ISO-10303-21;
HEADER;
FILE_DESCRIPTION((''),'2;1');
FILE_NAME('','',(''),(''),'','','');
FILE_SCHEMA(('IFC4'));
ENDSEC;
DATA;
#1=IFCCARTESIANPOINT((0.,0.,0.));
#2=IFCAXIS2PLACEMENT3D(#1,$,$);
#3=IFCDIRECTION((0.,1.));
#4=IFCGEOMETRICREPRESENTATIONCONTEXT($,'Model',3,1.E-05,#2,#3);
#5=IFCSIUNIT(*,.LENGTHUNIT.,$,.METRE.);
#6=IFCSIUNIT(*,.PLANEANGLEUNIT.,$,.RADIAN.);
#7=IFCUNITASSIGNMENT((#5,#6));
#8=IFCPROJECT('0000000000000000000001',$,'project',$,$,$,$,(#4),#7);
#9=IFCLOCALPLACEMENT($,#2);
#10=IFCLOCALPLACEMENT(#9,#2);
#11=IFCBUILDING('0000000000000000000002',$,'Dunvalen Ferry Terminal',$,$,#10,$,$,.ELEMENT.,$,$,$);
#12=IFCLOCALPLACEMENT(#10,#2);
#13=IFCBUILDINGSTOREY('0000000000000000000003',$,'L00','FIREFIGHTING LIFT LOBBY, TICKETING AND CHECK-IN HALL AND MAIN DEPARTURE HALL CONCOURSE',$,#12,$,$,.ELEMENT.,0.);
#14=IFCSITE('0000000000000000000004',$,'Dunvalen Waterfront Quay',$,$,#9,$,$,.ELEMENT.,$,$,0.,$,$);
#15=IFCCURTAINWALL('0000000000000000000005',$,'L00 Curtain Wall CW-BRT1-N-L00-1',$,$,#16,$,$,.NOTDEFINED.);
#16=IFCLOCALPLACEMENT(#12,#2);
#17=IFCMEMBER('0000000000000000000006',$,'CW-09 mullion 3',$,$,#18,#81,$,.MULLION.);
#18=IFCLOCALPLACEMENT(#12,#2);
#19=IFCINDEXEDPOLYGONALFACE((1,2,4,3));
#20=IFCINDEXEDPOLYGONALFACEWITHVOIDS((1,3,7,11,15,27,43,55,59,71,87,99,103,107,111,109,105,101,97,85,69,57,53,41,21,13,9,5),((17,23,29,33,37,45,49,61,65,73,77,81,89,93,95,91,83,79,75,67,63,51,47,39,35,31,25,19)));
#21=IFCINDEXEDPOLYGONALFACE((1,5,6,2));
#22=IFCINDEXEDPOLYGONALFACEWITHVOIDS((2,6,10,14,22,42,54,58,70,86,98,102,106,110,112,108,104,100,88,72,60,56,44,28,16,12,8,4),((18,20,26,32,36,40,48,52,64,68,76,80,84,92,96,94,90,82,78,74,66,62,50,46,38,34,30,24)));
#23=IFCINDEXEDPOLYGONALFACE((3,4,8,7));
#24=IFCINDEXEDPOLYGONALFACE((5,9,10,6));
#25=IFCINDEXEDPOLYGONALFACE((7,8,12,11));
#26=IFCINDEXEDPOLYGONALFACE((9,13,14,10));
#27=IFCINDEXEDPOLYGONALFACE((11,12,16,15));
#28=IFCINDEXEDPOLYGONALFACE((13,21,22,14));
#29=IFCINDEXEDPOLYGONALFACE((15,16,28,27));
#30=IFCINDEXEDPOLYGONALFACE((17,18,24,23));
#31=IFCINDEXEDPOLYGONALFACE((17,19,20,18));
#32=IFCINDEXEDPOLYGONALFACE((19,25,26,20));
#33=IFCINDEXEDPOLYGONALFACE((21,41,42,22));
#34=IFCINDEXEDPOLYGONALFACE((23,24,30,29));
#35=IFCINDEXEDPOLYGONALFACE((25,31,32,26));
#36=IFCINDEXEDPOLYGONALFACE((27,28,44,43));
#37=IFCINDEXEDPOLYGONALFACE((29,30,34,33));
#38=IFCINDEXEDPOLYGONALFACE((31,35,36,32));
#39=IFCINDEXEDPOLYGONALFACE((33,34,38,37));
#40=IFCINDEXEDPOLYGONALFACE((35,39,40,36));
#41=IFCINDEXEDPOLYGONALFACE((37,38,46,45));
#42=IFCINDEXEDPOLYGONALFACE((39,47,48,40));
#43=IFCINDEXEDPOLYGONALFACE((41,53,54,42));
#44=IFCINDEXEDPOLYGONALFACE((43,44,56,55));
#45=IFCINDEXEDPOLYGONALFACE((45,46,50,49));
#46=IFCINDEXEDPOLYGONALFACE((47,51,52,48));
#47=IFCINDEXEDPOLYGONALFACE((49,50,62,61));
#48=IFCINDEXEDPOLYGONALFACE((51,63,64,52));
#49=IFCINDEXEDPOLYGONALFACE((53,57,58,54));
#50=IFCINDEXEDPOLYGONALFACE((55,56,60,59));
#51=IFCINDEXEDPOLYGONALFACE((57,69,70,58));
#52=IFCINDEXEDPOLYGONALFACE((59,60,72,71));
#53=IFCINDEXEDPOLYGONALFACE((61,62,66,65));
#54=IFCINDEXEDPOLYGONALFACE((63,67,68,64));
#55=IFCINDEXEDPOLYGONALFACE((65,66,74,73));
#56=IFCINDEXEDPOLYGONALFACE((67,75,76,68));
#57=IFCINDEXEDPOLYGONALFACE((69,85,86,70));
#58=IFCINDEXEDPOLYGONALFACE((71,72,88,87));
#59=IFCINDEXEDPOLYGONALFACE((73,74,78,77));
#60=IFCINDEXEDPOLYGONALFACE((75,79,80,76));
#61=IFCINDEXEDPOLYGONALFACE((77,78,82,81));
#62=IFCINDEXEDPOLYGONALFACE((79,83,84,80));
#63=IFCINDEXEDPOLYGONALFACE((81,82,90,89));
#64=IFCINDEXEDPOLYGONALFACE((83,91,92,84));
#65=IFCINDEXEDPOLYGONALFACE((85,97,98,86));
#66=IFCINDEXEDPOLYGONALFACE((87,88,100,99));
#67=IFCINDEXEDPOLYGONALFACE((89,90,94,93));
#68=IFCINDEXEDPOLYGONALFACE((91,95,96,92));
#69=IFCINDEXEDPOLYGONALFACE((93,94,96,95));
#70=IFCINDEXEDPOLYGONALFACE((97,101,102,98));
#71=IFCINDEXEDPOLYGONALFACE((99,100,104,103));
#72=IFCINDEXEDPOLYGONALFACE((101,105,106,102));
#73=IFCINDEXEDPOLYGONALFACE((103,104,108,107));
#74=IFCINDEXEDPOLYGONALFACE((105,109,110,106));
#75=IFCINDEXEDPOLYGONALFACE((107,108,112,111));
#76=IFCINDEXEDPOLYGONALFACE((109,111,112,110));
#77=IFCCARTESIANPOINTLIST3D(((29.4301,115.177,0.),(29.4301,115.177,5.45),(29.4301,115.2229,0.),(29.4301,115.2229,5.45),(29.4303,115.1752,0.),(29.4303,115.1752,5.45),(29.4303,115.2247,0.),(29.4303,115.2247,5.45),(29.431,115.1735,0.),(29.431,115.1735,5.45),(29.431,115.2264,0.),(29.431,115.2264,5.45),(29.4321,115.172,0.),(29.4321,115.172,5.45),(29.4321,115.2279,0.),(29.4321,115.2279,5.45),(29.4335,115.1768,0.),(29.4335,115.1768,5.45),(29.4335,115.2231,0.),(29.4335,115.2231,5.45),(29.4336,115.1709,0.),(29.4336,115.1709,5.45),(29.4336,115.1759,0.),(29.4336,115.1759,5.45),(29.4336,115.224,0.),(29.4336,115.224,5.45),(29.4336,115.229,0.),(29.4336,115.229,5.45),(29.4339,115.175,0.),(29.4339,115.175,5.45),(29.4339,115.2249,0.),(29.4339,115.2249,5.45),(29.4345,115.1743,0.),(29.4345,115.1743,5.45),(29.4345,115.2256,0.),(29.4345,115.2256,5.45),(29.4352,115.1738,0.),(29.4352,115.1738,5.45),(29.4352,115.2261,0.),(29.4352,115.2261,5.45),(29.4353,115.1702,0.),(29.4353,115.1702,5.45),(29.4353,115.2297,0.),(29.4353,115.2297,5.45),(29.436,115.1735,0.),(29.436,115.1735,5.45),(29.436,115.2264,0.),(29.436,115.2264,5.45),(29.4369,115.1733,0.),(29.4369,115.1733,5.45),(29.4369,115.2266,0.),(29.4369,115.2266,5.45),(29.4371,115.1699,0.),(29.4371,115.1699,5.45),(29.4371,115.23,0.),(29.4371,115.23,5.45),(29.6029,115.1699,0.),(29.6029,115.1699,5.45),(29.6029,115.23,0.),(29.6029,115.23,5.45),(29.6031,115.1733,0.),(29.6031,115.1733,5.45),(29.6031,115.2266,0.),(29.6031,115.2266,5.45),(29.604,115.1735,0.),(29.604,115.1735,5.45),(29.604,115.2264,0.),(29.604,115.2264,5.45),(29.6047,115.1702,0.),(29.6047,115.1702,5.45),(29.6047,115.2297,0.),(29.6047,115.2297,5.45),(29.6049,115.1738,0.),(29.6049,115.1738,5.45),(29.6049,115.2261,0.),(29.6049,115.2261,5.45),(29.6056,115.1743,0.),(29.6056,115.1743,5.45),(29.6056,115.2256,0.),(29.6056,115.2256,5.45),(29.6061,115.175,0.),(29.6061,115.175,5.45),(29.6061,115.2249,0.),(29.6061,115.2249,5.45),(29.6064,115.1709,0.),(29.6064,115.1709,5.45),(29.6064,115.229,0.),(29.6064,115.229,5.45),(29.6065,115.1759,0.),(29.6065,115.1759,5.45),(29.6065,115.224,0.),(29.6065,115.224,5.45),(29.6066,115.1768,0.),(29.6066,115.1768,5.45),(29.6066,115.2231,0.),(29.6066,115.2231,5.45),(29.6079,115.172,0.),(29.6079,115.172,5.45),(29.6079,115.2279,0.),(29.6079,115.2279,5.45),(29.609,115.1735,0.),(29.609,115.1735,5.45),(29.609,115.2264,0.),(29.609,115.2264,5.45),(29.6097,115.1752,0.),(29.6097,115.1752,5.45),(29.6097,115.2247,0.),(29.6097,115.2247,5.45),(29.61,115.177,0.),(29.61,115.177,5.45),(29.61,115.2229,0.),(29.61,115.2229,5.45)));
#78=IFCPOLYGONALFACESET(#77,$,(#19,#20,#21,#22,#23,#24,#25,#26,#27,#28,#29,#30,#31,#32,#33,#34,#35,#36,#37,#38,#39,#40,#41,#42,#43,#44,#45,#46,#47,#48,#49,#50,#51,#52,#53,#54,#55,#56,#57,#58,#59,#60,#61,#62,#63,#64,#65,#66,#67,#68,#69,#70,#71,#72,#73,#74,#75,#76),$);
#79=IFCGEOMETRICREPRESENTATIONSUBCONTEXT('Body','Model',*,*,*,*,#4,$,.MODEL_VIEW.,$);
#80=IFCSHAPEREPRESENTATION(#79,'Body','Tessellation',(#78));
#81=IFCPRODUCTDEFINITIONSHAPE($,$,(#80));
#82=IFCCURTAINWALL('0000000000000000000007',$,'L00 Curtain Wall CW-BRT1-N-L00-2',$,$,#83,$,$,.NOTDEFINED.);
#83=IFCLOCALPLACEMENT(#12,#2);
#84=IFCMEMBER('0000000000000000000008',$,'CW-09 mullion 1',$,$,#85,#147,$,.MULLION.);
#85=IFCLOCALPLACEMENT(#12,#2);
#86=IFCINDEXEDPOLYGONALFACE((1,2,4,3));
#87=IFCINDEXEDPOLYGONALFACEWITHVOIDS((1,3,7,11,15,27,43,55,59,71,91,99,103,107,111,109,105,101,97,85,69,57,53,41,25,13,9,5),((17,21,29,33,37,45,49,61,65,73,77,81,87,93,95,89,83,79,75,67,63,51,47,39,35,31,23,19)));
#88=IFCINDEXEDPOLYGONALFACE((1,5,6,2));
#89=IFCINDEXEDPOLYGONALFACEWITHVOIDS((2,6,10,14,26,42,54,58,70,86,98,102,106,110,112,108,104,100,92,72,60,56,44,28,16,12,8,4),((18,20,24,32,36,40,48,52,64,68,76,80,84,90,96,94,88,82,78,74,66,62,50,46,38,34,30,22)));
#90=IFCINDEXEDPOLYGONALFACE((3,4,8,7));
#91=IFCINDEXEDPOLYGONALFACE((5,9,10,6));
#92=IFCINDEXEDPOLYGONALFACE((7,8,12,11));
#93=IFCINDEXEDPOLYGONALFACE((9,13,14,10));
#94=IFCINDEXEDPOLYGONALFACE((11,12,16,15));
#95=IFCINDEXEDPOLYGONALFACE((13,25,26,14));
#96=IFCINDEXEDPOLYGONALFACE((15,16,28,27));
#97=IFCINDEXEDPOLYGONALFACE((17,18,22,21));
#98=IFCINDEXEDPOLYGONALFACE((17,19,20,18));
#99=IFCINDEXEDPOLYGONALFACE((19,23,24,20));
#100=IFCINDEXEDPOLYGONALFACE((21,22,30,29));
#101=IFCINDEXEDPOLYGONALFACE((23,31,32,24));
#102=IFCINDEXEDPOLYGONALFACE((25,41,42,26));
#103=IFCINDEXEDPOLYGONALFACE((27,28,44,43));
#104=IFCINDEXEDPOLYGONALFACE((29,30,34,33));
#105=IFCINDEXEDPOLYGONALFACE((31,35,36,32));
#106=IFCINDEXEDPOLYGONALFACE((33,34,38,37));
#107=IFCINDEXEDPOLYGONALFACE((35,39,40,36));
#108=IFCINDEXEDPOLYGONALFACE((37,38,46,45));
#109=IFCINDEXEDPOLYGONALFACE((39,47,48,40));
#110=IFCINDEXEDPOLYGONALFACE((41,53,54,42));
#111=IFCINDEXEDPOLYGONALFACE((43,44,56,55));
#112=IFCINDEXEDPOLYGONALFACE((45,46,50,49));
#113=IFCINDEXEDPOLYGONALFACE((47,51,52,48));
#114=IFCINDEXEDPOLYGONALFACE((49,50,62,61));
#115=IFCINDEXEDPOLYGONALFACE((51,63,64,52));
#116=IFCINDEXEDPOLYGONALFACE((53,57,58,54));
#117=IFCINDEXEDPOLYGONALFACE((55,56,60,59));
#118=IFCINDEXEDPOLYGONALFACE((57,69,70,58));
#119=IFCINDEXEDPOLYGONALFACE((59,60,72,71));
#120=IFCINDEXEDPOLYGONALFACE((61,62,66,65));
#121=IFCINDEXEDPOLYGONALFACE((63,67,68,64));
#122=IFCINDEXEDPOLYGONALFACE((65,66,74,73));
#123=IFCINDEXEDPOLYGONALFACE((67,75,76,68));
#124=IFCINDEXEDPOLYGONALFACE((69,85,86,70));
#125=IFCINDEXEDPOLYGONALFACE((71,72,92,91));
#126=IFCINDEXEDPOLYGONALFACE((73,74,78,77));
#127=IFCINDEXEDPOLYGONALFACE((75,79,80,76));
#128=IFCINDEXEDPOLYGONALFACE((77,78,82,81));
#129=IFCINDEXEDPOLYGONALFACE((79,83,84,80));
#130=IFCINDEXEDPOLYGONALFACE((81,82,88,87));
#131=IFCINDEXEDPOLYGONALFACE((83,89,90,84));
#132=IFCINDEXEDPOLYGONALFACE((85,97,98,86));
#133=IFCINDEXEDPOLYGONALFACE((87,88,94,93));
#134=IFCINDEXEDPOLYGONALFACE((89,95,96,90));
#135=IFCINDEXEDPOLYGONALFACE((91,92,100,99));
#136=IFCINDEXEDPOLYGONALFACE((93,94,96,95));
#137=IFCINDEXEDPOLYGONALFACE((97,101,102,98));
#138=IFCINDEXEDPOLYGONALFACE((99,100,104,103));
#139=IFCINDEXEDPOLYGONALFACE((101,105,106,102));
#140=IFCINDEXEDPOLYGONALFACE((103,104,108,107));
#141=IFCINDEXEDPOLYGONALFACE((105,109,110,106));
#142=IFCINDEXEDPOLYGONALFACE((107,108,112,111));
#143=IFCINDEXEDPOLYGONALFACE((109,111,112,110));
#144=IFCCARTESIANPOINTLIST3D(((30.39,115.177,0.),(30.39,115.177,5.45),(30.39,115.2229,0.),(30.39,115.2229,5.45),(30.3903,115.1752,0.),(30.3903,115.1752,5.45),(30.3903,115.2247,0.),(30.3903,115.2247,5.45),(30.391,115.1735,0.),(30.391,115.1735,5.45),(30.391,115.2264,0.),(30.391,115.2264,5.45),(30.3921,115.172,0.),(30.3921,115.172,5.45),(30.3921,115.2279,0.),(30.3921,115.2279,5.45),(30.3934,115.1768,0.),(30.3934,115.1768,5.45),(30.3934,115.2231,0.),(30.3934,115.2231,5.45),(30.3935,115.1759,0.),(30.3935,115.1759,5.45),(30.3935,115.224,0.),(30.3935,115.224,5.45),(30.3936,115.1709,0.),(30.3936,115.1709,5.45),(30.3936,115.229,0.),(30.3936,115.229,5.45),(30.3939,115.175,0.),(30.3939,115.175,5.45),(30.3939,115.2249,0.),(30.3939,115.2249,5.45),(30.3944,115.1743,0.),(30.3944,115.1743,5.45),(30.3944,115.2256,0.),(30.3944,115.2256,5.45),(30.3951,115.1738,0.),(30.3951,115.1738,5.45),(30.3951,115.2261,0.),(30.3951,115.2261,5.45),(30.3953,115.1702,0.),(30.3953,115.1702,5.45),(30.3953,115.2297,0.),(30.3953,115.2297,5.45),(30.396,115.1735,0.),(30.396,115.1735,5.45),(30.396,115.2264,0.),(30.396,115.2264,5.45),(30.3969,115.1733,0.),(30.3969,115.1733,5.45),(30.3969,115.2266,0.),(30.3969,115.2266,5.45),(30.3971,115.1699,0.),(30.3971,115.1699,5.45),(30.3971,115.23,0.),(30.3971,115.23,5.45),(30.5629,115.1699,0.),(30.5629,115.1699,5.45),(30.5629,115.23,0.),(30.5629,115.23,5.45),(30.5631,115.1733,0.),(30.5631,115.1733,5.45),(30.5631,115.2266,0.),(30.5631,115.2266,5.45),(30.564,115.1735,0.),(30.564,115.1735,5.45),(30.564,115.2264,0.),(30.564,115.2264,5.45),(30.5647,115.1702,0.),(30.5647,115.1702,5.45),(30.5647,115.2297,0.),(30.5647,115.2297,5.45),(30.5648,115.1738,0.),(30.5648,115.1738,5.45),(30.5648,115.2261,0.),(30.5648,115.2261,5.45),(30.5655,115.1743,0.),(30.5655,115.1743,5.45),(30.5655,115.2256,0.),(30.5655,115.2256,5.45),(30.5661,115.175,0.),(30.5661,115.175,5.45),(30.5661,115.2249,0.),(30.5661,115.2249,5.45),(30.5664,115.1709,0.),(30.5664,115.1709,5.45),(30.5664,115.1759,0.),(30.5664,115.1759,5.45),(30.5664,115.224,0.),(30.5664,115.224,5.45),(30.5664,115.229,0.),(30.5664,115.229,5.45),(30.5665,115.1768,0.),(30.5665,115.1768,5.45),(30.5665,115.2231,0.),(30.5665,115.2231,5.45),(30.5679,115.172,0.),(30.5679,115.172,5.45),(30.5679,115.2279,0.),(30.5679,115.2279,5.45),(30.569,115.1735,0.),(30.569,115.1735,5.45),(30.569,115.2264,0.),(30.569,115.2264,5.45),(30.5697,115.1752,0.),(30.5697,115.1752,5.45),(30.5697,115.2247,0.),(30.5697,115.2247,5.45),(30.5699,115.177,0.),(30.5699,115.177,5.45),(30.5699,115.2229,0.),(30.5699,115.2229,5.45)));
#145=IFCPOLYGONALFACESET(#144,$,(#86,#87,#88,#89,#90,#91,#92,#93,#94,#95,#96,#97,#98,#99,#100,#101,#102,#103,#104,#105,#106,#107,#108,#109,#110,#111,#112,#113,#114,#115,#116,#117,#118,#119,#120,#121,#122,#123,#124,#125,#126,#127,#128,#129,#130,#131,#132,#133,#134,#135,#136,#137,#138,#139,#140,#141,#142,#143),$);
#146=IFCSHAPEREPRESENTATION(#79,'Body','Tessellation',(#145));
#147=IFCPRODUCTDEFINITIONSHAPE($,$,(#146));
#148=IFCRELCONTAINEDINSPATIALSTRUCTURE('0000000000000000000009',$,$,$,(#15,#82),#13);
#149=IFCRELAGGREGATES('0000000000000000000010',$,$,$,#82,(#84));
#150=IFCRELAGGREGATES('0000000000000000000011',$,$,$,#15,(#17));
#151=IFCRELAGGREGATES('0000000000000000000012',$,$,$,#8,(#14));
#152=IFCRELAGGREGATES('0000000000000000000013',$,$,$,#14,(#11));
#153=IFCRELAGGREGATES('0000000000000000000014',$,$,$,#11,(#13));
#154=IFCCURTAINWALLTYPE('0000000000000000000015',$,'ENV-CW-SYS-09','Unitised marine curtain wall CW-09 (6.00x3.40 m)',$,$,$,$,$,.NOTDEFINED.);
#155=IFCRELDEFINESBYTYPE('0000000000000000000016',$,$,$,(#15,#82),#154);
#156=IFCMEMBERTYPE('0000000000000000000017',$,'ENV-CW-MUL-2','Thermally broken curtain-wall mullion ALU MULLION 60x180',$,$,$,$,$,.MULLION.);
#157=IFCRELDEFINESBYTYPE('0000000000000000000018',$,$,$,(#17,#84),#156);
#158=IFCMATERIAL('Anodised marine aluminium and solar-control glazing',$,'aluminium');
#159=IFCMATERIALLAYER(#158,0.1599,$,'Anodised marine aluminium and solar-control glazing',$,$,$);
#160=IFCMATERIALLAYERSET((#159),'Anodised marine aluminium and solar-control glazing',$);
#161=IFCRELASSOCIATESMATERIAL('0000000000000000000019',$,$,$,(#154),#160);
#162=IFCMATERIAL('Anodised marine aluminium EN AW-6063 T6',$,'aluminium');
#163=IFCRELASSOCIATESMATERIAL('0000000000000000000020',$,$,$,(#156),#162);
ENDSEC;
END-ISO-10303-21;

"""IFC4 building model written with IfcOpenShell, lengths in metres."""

from ifc_helpers import new_model, si_unit, direction, frame, origin, origin_2d, place, context, subcontext, project, spatial, hollow_rectangle, extrude, material, layer, layer_set, material_profile, profile_set, type_object, element, aggregate, save


model = new_model("IFC4")

# Units and contexts
model_context = context("Model", 3, precision=1e-05, world=origin(), true_north=direction((0.0, 1.0)))
body_context = subcontext(model_context, "Body", "Model", "MODEL_VIEW")
ifc_project = project(units=[si_unit("LENGTHUNIT", "METRE"), si_unit("PLANEANGLEUNIT", "RADIAN")], contexts=[model_context])

# Site, building, storey
site_placement = place(None, origin())
site = spatial("IfcSite", under=ifc_project, at=site_placement, Name="Dunvalen Waterfront Quay", CompositionType="ELEMENT", RefElevation=0.0)
building_placement = place(site_placement, origin())
building = spatial("IfcBuilding", under=site, at=building_placement, Name="Dunvalen Ferry Terminal", CompositionType="ELEMENT")
storey_placement = place(building_placement, origin())
storey = spatial("IfcBuildingStorey", under=building, at=storey_placement, Name="L00", Description="FIREFIGHTING LIFT LOBBY, TICKETING AND CHECK-IN HALL AND MAIN DEPARTURE HALL CONCOURSE", CompositionType="ELEMENT", Elevation=0.0)

# Curtain wall, member
ifc_material_1 = material(Name="Anodised marine aluminium and solar-control glazing", Category="aluminium")
ifc_layer_1 = layer(ifc_material_1, 0.1599, Name="Anodised marine aluminium and solar-control glazing")
ifc_layer_set_1 = layer_set([ifc_layer_1], Name="Anodised marine aluminium and solar-control glazing")
curtain_wall_type = type_object("IfcCurtainWallType", Name="ENV-CW-SYS-09", Description="Unitised marine curtain wall CW-09 (6.00x3.40 m)", PredefinedType="NOTDEFINED", material=ifc_layer_set_1)
curtain_wall_1_placement = place(storey_placement, origin())
curtain_wall_1 = element("IfcCurtainWall", 1, at=curtain_wall_1_placement, inside=storey, type_object=curtain_wall_type, Name="L00 Curtain Wall CW-BRT1-N-L00-1", PredefinedType="NOTDEFINED")
ifc_material_2 = material(Name="Anodised marine aluminium EN AW-6063 T6", Category="aluminium")
ifc_material_profile_1 = material_profile(ifc_material_2, hollow_rectangle(XDim=0.0601, YDim=0.1799, WallThickness=0.0034, InnerFilletRadius=0.0034, OuterFilletRadius=0.0071, at=origin_2d()), Name="Anodised marine aluminium EN AW-6063 T6")
ifc_profile_set_1 = profile_set([ifc_material_profile_1], Name="Anodised marine aluminium EN AW-6063 T6")
member_type_1 = type_object("IfcMemberType", Name="ENV-CW-MUL-2", Description="Thermally broken curtain-wall mullion ALU MULLION 60x180", PredefinedType="MULLION", material=ifc_profile_set_1)
member_1_placement = place(storey_placement, frame((29.52, 115.2, 0.0), z_axis=(0.0, 0.0, 1.0), x_axis=(0.0, 1.0, 0.0)))
member_1 = element("IfcMember", 2, at=member_1_placement, type_object=member_type_1, Name="CW-09 mullion 3", PredefinedType="MULLION", context=body_context, shape_type="SweptSolid", body=[
    extrude(hollow_rectangle(XDim=0.0601, YDim=0.1799, WallThickness=0.0034, InnerFilletRadius=0.0034, OuterFilletRadius=0.0071, at=origin_2d()), origin(), (0.0, 0.0, 1.0), 5.45),
])

# Curtain wall, member
curtain_wall_2_placement = place(storey_placement, origin())
curtain_wall_2 = element("IfcCurtainWall", 3, at=curtain_wall_2_placement, inside=storey, type_object=curtain_wall_type, Name="L00 Curtain Wall CW-BRT1-N-L00-2", PredefinedType="NOTDEFINED")
member_2_placement = place(storey_placement, frame((30.48, 115.2, 0.0), z_axis=(0.0, 0.0, 1.0), x_axis=(0.0, 1.0, 0.0)))
member_2 = element("IfcMember", 4, at=member_2_placement, type_object=member_type_1, Name="CW-09 mullion 1", PredefinedType="MULLION", context=body_context, shape_type="SweptSolid", body=[
    extrude(hollow_rectangle(XDim=0.0601, YDim=0.1799, WallThickness=0.0034, InnerFilletRadius=0.0034, OuterFilletRadius=0.0071, at=origin_2d()), origin(), (0.0, 0.0, 1.0), 5.45),
])
aggregate(curtain_wall_2, [member_2])

aggregate(curtain_wall_1, [member_1])

save(model, "model.ifc")
